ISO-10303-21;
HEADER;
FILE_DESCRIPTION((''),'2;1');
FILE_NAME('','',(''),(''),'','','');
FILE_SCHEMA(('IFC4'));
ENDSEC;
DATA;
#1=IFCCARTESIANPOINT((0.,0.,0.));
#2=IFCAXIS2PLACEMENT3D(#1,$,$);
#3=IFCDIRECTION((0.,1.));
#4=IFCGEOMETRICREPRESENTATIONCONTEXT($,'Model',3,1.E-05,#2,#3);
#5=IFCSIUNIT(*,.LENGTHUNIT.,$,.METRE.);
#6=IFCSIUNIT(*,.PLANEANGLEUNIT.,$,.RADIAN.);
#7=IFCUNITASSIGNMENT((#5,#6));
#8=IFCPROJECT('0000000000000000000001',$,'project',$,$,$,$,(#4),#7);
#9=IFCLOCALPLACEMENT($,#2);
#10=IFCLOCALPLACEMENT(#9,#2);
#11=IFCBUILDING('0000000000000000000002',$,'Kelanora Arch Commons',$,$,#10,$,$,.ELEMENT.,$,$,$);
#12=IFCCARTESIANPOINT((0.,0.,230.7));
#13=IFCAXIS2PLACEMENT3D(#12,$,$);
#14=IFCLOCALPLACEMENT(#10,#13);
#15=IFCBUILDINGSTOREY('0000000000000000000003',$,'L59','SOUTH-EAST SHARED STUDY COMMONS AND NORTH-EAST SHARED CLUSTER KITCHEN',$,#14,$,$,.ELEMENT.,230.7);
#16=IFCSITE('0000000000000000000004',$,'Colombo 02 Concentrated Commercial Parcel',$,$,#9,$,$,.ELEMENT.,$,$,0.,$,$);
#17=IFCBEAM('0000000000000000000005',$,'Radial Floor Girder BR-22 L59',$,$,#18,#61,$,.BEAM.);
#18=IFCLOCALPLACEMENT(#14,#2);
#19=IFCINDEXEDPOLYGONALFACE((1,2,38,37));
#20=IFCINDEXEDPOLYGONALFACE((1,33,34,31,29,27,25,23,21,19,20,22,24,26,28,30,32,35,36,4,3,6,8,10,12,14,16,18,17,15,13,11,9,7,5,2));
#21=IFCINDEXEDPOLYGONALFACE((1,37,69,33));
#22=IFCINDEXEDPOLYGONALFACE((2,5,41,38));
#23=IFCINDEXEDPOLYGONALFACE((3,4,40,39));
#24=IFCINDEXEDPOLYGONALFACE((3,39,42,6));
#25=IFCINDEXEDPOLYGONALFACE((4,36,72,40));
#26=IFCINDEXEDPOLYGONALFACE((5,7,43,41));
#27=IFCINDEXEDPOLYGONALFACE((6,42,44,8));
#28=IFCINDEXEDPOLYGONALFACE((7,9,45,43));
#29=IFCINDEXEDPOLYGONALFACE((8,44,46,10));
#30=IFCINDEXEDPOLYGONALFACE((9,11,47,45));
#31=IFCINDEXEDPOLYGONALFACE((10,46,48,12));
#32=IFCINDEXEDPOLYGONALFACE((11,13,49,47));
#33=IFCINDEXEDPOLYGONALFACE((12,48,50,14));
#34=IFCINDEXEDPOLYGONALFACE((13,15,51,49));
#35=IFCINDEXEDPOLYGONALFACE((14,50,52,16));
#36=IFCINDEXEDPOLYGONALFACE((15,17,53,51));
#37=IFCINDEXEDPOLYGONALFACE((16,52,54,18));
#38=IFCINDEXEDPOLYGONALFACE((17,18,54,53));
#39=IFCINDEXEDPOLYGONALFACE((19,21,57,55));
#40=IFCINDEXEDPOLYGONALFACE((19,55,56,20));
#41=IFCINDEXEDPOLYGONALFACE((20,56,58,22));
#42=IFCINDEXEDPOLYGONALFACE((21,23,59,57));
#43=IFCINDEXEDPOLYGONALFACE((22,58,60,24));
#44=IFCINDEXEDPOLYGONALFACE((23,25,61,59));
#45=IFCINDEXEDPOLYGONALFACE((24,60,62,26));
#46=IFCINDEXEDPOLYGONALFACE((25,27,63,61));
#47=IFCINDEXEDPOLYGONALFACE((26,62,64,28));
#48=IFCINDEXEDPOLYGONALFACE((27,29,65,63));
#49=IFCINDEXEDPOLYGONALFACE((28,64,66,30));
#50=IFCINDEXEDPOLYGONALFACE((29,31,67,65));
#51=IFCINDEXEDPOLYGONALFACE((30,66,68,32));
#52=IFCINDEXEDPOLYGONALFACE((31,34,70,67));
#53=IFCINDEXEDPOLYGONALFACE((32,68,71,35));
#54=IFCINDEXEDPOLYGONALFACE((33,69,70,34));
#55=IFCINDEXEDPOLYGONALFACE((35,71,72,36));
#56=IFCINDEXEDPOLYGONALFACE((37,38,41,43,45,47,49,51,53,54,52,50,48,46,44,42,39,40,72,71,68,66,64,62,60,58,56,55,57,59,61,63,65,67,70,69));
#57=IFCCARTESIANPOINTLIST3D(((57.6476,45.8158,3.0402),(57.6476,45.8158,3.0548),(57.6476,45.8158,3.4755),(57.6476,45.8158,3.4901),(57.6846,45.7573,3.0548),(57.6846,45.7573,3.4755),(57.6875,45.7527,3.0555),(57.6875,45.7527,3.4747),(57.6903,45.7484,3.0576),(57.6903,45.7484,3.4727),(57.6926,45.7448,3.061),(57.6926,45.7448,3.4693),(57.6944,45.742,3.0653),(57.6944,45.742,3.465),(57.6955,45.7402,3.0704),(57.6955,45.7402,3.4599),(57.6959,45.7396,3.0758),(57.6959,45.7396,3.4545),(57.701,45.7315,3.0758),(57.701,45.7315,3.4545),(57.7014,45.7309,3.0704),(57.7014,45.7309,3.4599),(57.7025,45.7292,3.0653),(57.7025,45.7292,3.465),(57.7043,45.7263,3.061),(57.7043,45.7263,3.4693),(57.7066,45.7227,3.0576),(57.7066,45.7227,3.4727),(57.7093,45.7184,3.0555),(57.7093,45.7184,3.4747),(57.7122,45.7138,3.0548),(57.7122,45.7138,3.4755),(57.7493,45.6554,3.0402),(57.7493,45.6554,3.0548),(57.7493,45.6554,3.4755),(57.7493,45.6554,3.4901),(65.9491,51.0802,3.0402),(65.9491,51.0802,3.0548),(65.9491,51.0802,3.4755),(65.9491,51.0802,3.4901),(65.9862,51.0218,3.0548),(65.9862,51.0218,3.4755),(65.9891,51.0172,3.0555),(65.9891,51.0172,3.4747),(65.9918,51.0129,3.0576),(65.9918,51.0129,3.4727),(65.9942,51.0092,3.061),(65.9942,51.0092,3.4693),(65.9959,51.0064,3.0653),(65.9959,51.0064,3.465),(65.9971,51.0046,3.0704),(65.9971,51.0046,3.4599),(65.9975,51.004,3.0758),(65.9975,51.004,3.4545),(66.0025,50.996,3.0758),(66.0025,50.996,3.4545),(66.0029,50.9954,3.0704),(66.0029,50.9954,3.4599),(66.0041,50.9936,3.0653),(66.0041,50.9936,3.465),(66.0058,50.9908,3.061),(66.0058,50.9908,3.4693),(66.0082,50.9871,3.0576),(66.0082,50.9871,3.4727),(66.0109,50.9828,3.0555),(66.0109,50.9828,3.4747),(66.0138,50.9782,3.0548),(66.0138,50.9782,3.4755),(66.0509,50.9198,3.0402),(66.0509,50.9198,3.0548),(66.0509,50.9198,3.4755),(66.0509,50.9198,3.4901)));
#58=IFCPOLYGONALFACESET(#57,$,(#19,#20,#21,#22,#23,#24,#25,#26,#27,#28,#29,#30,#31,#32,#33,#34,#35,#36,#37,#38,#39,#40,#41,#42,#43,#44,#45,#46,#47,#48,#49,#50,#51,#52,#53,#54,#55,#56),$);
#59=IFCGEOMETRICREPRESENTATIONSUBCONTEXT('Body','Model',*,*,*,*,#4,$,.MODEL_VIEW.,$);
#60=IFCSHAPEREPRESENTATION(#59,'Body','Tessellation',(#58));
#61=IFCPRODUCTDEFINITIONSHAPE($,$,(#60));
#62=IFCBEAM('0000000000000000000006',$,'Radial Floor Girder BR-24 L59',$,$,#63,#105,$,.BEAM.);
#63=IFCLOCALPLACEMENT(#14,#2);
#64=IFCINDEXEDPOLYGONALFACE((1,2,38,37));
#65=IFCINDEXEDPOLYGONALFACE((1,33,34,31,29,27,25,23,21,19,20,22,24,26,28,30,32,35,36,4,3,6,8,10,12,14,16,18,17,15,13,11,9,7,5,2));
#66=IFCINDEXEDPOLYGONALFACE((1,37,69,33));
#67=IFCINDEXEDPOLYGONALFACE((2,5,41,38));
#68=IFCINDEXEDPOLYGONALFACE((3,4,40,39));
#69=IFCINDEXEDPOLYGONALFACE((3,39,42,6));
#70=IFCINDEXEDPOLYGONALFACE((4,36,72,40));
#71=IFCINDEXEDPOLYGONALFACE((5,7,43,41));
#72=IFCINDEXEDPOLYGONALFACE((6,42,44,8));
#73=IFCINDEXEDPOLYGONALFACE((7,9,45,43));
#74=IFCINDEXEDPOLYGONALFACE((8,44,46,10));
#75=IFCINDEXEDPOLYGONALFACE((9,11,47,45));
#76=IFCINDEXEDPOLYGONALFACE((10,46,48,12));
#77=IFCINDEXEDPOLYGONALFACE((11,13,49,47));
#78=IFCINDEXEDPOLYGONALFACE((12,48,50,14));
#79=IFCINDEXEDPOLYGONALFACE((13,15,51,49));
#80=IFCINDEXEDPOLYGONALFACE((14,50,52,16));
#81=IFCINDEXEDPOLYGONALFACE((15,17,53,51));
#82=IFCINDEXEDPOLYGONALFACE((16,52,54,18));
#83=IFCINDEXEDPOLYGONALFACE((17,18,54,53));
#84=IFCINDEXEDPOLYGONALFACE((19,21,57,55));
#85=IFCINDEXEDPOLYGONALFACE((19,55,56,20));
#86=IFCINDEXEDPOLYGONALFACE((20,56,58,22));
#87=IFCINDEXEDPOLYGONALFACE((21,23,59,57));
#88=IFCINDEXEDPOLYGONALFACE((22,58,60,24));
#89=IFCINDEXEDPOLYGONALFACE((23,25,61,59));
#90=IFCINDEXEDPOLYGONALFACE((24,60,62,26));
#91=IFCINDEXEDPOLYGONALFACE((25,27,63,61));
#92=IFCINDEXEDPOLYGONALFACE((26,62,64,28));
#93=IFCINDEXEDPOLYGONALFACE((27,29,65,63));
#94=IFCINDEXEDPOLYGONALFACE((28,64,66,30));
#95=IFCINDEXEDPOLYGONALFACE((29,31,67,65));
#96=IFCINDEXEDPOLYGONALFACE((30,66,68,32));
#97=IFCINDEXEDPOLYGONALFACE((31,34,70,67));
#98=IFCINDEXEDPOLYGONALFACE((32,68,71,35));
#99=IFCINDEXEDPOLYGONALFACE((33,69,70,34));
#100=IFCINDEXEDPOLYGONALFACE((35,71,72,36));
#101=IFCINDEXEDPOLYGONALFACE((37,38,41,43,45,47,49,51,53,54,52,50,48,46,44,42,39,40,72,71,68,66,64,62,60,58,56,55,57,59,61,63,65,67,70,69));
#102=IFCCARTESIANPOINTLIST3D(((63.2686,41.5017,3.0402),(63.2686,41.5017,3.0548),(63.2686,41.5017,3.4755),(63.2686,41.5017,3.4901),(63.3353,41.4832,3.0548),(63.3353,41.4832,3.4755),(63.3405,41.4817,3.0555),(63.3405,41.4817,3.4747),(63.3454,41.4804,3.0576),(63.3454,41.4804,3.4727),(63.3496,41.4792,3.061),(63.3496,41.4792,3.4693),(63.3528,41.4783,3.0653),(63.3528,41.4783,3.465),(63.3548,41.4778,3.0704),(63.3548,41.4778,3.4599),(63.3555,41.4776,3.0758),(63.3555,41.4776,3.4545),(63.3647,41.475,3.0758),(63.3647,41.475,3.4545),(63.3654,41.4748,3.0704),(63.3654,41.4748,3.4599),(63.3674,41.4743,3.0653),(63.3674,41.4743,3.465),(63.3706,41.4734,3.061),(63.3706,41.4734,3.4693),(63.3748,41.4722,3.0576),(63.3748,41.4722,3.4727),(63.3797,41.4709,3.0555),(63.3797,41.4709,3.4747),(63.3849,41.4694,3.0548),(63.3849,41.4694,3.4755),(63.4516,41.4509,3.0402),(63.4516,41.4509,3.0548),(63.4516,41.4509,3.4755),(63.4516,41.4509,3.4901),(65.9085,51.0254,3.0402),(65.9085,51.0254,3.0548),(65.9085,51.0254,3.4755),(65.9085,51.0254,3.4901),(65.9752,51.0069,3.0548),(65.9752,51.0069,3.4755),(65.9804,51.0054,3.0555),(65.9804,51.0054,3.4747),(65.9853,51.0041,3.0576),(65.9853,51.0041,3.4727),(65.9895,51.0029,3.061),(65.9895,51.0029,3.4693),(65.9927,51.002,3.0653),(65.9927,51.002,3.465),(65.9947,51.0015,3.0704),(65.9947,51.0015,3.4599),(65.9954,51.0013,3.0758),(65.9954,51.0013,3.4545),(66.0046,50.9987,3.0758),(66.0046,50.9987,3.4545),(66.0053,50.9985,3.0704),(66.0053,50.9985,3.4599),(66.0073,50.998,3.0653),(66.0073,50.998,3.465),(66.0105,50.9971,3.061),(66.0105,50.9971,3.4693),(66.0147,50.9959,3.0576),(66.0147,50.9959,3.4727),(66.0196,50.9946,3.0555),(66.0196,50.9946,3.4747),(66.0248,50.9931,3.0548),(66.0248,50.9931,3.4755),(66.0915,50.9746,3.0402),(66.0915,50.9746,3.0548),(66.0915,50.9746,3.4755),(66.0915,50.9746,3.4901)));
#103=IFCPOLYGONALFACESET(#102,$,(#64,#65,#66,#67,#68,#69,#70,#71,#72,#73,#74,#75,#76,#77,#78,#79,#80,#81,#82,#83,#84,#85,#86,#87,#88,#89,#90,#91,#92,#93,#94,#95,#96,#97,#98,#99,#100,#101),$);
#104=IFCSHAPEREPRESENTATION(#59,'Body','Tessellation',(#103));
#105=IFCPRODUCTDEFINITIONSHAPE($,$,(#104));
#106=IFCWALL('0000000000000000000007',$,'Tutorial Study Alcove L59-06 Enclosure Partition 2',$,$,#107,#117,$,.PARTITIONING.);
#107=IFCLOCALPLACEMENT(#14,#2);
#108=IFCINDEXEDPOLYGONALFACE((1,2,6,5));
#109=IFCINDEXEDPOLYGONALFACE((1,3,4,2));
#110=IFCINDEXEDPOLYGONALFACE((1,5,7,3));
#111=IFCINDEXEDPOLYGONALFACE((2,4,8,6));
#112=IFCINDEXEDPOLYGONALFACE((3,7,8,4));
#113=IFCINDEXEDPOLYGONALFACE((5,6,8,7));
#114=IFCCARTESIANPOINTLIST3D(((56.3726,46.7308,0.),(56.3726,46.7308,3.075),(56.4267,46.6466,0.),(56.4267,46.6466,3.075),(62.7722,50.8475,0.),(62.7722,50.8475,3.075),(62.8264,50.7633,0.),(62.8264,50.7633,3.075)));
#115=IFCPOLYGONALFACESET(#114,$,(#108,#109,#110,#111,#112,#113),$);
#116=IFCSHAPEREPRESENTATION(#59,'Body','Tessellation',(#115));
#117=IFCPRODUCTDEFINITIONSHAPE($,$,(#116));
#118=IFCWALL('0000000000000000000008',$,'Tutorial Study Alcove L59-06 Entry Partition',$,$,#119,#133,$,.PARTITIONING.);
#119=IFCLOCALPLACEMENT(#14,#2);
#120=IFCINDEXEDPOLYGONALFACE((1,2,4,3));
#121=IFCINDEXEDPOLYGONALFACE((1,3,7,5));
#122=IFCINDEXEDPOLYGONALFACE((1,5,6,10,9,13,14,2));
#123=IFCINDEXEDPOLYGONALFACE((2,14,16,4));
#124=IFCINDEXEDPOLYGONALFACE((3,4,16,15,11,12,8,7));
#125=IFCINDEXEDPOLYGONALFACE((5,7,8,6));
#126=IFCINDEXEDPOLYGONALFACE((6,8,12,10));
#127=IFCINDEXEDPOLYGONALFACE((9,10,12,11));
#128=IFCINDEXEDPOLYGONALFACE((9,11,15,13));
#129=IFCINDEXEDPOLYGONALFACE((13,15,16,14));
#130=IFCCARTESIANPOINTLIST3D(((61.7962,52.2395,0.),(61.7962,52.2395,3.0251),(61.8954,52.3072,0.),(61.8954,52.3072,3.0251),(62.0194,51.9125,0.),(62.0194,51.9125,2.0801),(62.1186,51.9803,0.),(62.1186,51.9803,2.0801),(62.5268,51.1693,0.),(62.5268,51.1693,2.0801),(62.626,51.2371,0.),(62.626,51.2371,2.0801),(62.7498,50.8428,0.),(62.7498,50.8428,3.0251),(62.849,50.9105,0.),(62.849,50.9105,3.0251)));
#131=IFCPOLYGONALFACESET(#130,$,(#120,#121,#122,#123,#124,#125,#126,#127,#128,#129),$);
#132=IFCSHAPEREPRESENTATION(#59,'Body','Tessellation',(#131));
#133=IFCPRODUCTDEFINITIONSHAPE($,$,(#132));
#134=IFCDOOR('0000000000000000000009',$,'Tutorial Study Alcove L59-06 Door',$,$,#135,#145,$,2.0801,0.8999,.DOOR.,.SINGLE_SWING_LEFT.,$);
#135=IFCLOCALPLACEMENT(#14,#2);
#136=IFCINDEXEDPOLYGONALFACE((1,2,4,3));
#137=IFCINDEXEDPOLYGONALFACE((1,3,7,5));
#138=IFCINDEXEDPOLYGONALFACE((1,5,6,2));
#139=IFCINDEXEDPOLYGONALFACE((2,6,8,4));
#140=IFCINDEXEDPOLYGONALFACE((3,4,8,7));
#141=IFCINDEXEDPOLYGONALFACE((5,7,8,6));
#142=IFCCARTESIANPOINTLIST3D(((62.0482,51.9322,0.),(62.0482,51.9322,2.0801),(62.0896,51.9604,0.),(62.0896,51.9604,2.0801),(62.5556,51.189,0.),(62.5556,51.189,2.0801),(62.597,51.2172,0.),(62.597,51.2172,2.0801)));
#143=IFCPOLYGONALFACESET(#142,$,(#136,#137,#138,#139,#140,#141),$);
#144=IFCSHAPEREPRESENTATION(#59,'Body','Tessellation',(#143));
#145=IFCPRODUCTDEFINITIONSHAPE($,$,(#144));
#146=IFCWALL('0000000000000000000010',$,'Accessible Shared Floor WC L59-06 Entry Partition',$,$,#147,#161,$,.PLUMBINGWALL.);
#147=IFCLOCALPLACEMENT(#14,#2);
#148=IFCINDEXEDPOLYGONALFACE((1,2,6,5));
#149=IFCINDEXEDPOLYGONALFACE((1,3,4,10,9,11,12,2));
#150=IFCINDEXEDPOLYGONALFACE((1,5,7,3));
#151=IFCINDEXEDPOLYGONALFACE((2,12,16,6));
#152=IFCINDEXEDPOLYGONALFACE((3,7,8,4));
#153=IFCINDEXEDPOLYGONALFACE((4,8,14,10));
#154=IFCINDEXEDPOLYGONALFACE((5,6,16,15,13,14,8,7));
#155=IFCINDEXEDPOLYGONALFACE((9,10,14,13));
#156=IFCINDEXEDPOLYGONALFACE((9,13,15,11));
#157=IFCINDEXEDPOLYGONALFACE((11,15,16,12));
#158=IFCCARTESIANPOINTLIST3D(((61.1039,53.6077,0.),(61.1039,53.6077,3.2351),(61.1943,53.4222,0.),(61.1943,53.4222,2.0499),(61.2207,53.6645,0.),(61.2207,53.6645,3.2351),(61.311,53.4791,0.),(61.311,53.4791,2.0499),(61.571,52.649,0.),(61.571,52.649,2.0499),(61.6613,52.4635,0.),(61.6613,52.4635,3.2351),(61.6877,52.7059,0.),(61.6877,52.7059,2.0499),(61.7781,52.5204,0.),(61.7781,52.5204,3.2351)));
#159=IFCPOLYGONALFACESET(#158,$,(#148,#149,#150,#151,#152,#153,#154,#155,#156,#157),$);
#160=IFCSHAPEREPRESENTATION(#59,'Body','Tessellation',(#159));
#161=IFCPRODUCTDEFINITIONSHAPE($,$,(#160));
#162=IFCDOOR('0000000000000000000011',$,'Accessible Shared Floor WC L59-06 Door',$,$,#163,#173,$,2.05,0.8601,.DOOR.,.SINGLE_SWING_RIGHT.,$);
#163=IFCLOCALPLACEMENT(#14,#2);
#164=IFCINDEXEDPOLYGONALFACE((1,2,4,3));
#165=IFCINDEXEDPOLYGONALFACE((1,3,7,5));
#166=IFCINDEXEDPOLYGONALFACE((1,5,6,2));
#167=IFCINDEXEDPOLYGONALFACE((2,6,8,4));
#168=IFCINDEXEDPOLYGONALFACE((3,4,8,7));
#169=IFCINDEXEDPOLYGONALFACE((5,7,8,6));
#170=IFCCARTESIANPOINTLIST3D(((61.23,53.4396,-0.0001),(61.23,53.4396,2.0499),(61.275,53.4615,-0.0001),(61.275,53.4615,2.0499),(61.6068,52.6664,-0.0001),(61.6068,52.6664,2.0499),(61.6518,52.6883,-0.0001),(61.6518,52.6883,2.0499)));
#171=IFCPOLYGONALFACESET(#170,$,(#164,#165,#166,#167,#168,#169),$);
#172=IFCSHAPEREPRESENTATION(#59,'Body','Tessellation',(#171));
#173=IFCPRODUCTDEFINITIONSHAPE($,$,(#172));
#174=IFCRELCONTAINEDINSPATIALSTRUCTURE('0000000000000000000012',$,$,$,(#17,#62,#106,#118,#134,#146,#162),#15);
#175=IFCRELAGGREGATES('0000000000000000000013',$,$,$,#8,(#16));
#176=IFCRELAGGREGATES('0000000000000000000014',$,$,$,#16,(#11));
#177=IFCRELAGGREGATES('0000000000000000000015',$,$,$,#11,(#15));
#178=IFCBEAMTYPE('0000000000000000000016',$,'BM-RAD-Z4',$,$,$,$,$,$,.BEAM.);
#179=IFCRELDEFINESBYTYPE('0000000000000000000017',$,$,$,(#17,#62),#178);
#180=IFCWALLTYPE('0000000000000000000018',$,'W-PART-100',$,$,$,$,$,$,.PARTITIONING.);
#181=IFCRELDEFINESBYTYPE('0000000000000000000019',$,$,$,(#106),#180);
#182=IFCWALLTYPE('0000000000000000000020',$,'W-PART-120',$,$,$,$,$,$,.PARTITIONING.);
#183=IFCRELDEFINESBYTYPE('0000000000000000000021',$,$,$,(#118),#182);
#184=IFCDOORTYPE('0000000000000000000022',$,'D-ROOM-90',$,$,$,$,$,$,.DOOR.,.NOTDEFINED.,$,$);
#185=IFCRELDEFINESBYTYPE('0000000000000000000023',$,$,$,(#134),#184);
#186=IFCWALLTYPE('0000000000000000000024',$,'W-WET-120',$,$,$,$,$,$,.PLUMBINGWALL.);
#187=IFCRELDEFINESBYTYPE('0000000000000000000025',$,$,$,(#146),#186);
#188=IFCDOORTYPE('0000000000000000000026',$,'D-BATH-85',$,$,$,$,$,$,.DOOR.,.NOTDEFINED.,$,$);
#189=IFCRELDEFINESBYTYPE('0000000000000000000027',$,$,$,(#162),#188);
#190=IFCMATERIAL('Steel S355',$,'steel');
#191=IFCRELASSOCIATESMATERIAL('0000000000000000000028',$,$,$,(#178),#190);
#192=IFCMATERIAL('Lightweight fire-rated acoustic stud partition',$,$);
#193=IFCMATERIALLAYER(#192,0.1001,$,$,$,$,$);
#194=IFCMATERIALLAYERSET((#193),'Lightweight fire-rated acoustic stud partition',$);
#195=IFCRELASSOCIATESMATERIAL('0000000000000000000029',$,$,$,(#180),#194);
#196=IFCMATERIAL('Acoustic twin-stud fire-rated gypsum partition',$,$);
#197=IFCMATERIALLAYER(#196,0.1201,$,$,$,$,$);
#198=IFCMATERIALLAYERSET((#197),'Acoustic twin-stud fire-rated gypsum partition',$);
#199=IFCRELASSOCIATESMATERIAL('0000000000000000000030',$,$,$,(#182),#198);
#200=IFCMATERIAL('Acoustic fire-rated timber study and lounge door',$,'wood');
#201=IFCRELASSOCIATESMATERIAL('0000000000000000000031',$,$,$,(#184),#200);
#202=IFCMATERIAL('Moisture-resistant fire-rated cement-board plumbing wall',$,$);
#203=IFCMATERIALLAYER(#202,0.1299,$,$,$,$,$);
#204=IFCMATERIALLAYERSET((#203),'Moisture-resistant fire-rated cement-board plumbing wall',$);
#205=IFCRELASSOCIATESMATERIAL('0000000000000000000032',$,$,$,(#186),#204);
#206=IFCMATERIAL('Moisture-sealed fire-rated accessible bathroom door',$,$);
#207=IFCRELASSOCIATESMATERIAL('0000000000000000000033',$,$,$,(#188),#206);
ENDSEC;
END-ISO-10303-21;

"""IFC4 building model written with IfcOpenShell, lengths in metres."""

from ifc_helpers import new_model, si_unit, direction, frame, frame_2d, origin, origin_2d, place, context, subcontext, project, spatial, rectangle, i_section, extrude, material, layer, layer_set, material_profile, profile_set, type_object, element, fill, save


model = new_model("IFC4")

# Units and contexts
model_context = context("Model", 3, precision=1e-05, world=origin(), true_north=direction((0.0, 1.0)))
body_context = subcontext(model_context, "Body", "Model", "MODEL_VIEW")
ifc_project = project(units=[si_unit("LENGTHUNIT", "METRE"), si_unit("PLANEANGLEUNIT", "RADIAN")], contexts=[model_context])

# Site, building, storey
site_placement = place(None, origin())
site = spatial("IfcSite", under=ifc_project, at=site_placement, Name="Colombo 02 Concentrated Commercial Parcel", CompositionType="ELEMENT", RefElevation=0.0)
building_placement = place(site_placement, origin())
building = spatial("IfcBuilding", under=site, at=building_placement, Name="Kelanora Arch Commons", CompositionType="ELEMENT")
storey_placement = place(building_placement, frame((0.0, 0.0, 230.7)))
storey = spatial("IfcBuildingStorey", under=building, at=storey_placement, Name="L59", Description="SOUTH-EAST SHARED STUDY COMMONS AND NORTH-EAST SHARED CLUSTER KITCHEN", CompositionType="ELEMENT", Elevation=230.7)

# Beams
ifc_material_1 = material(Name="Steel S355", Category="steel")
ifc_material_profile_1 = material_profile(ifc_material_1, i_section(OverallWidth=0.1899, OverallDepth=0.45, WebThickness=0.0095, FlangeThickness=0.0146, FilletRadius=0.021, at=origin_2d()), Name="IPE450")
ifc_profile_set_1 = profile_set([ifc_material_profile_1], Name="Steel S355")
beam_type_1 = type_object("IfcBeamType", Name="BM-RAD-Z4", PredefinedType="BEAM", material=ifc_profile_set_1)
beam_1_placement = place(storey_placement, frame((66.0, 51.0, 3.2651), z_axis=(-0.844507, -0.535544, 0.0), x_axis=(0.535544, -0.844507, 0.0)))
element("IfcBeam", 1, at=beam_1_placement, inside=storey, type_object=beam_type_1, Name="Radial Floor Girder BR-22 L59", PredefinedType="BEAM", context=body_context, shape_type="SweptSolid", body=[
    extrude(i_section(OverallWidth=0.1899, OverallDepth=0.45, WebThickness=0.0095, FlangeThickness=0.0146, FilletRadius=0.021, at=origin_2d()), origin(), (0.0, 0.0, 1.0), 9.8301),
])
beam_2_placement = place(storey_placement, frame((66.0, 51.0, 3.2651), z_axis=(-0.26712, -0.963663, 0.0), x_axis=(0.963663, -0.26712, 0.0)))
element("IfcBeam", 2, at=beam_2_placement, inside=storey, type_object=beam_type_1, Name="Radial Floor Girder BR-24 L59", PredefinedType="BEAM", context=body_context, shape_type="SweptSolid", body=[
    extrude(i_section(OverallWidth=0.1899, OverallDepth=0.45, WebThickness=0.0095, FlangeThickness=0.0146, FilletRadius=0.021, at=origin_2d()), origin(), (0.0, 0.0, 1.0), 9.8828),
])

# Wall
ifc_material_2 = material(Name="Lightweight fire-rated acoustic stud partition")
ifc_layer_1 = layer(ifc_material_2, 0.1001)
ifc_layer_set_1 = layer_set([ifc_layer_1], Name="Lightweight fire-rated acoustic stud partition")
wall_type_1 = type_object("IfcWallType", Name="W-PART-100", PredefinedType="PARTITIONING", material=ifc_layer_set_1)
wall_1_placement = place(storey_placement, frame((62.7993, 50.8054, 0.0), z_axis=(0.0, 0.0, 1.0), x_axis=(-0.841021, -0.541002, 0.0)))
element("IfcWall", 3, at=wall_1_placement, inside=storey, type_object=wall_type_1, Name="Tutorial Study Alcove L59-06 Enclosure Partition 2", PredefinedType="PARTITIONING", context=body_context, shape_type="SweptSolid", body=[
    extrude(rectangle(XDim=7.6094, YDim=0.1001, at=frame_2d((3.8047, 0.0))), origin(), (0.0, 0.0, 1.0), 3.075),
])

# Walls, openings, doors
ifc_material_3 = material(Name="Acoustic twin-stud fire-rated gypsum partition")
ifc_layer_2 = layer(ifc_material_3, 0.1201)
ifc_layer_set_2 = layer_set([ifc_layer_2], Name="Acoustic twin-stud fire-rated gypsum partition")
wall_type_2 = type_object("IfcWallType", Name="W-PART-120", PredefinedType="PARTITIONING", material=ifc_layer_set_2)
wall_2_placement = place(storey_placement, frame((61.8457, 52.2734, 0.0), z_axis=(0.0, 0.0, 1.0), x_axis=(0.563861, -0.82587, 0.0)))
wall_2 = element("IfcWall", 4, at=wall_2_placement, inside=storey, type_object=wall_type_2, Name="Tutorial Study Alcove L59-06 Entry Partition", PredefinedType="PARTITIONING", context=body_context, shape_type="SweptSolid", body=[
    extrude(rectangle(XDim=1.6912, YDim=0.1201, at=frame_2d((0.8457, 0.0))), origin(), (0.0, 0.0, 1.0), 3.0251),
])
opening_1_placement = place(wall_2_placement, frame((0.396, 0.0, 0.0)))
opening_1 = element("IfcOpeningElement", 5, at=opening_1_placement, cuts=wall_2, PredefinedType="OPENING", context=body_context, shape_type="SweptSolid", body=[
    extrude(rectangle(XDim=0.8999, YDim=2.0801, at=frame_2d((0.45, 1.04))), frame((0.0, 0.0701, 0.0), z_axis=(0.0, -1.0, 0.0), x_axis=(1.0, 0.0, 0.0)), (0.0, 0.0, 1.0), 0.1401),
])
ifc_material_4 = material(Name="Acoustic fire-rated timber study and lounge door", Category="wood")
door_type_1 = type_object("IfcDoorType", Name="D-ROOM-90", OperationType="NOTDEFINED", PredefinedType="DOOR", material=ifc_material_4)
door_1_placement = place(opening_1_placement, origin())
door_1 = element("IfcDoor", 6, at=door_1_placement, inside=storey, type_object=door_type_1, Name="Tutorial Study Alcove L59-06 Door", OperationType="SINGLE_SWING_LEFT", OverallHeight=2.0801, OverallWidth=0.8999, PredefinedType="DOOR", context=body_context, shape_type="SweptSolid", body=[
    extrude(rectangle(XDim=0.8999, YDim=2.0801, at=frame_2d((0.45, 1.04))), frame((0.0, 0.0249, 0.0), z_axis=(0.0, -1.0, 0.0), x_axis=(1.0, 0.0, 0.0)), (0.0, 0.0, 1.0), 0.05),
])
fill(opening_1, door_1)
ifc_material_5 = material(Name="Moisture-resistant fire-rated cement-board plumbing wall")
ifc_layer_3 = layer(ifc_material_5, 0.1299)
ifc_layer_set_3 = layer_set([ifc_layer_3], Name="Moisture-resistant fire-rated cement-board plumbing wall")
wall_type_3 = type_object("IfcWallType", Name="W-WET-120", PredefinedType="PLUMBINGWALL", material=ifc_layer_set_3)
wall_3_placement = place(storey_placement, frame((61.1624, 53.636, 0.0), z_axis=(0.0, 0.0, 1.0), x_axis=(0.437981, -0.898984, 0.0)))
wall_3 = element("IfcWall", 7, at=wall_3_placement, inside=storey, type_object=wall_type_3, Name="Accessible Shared Floor WC L59-06 Entry Partition", PredefinedType="PLUMBINGWALL", context=body_context, shape_type="SweptSolid", body=[
    extrude(rectangle(XDim=1.2727, YDim=0.1299, at=frame_2d((0.6362, 0.0))), origin(), (0.0, 0.0, 1.0), 3.2351),
])
opening_2_placement = place(wall_3_placement, frame((0.2061, 0.0, 0.0)))
opening_2 = element("IfcOpeningElement", 8, at=opening_2_placement, cuts=wall_3, PredefinedType="OPENING", context=body_context, shape_type="SweptSolid", body=[
    extrude(rectangle(XDim=0.8601, YDim=2.05, at=frame_2d((0.4302, 1.0249))), frame((0.0, 0.075, 0.0), z_axis=(0.0, -1.0, 0.0), x_axis=(1.0, 0.0, 0.0)), (0.0, 0.0, 1.0), 0.1499),
])
ifc_material_6 = material(Name="Moisture-sealed fire-rated accessible bathroom door")
door_type_2 = type_object("IfcDoorType", Name="D-BATH-85", OperationType="NOTDEFINED", PredefinedType="DOOR", material=ifc_material_6)
door_2_placement = place(opening_2_placement, origin())
door_2 = element("IfcDoor", 9, at=door_2_placement, inside=storey, type_object=door_type_2, Name="Accessible Shared Floor WC L59-06 Door", OperationType="SINGLE_SWING_RIGHT", OverallHeight=2.05, OverallWidth=0.8601, PredefinedType="DOOR", context=body_context, shape_type="SweptSolid", body=[
    extrude(rectangle(XDim=0.8601, YDim=2.05, at=frame_2d((0.4302, 1.0249))), frame((0.0, 0.0249, 0.0), z_axis=(0.0, -1.0, 0.0), x_axis=(1.0, 0.0, 0.0)), (0.0, 0.0, 1.0), 0.05),
])
fill(opening_2, door_2)

save(model, "model.ifc")
